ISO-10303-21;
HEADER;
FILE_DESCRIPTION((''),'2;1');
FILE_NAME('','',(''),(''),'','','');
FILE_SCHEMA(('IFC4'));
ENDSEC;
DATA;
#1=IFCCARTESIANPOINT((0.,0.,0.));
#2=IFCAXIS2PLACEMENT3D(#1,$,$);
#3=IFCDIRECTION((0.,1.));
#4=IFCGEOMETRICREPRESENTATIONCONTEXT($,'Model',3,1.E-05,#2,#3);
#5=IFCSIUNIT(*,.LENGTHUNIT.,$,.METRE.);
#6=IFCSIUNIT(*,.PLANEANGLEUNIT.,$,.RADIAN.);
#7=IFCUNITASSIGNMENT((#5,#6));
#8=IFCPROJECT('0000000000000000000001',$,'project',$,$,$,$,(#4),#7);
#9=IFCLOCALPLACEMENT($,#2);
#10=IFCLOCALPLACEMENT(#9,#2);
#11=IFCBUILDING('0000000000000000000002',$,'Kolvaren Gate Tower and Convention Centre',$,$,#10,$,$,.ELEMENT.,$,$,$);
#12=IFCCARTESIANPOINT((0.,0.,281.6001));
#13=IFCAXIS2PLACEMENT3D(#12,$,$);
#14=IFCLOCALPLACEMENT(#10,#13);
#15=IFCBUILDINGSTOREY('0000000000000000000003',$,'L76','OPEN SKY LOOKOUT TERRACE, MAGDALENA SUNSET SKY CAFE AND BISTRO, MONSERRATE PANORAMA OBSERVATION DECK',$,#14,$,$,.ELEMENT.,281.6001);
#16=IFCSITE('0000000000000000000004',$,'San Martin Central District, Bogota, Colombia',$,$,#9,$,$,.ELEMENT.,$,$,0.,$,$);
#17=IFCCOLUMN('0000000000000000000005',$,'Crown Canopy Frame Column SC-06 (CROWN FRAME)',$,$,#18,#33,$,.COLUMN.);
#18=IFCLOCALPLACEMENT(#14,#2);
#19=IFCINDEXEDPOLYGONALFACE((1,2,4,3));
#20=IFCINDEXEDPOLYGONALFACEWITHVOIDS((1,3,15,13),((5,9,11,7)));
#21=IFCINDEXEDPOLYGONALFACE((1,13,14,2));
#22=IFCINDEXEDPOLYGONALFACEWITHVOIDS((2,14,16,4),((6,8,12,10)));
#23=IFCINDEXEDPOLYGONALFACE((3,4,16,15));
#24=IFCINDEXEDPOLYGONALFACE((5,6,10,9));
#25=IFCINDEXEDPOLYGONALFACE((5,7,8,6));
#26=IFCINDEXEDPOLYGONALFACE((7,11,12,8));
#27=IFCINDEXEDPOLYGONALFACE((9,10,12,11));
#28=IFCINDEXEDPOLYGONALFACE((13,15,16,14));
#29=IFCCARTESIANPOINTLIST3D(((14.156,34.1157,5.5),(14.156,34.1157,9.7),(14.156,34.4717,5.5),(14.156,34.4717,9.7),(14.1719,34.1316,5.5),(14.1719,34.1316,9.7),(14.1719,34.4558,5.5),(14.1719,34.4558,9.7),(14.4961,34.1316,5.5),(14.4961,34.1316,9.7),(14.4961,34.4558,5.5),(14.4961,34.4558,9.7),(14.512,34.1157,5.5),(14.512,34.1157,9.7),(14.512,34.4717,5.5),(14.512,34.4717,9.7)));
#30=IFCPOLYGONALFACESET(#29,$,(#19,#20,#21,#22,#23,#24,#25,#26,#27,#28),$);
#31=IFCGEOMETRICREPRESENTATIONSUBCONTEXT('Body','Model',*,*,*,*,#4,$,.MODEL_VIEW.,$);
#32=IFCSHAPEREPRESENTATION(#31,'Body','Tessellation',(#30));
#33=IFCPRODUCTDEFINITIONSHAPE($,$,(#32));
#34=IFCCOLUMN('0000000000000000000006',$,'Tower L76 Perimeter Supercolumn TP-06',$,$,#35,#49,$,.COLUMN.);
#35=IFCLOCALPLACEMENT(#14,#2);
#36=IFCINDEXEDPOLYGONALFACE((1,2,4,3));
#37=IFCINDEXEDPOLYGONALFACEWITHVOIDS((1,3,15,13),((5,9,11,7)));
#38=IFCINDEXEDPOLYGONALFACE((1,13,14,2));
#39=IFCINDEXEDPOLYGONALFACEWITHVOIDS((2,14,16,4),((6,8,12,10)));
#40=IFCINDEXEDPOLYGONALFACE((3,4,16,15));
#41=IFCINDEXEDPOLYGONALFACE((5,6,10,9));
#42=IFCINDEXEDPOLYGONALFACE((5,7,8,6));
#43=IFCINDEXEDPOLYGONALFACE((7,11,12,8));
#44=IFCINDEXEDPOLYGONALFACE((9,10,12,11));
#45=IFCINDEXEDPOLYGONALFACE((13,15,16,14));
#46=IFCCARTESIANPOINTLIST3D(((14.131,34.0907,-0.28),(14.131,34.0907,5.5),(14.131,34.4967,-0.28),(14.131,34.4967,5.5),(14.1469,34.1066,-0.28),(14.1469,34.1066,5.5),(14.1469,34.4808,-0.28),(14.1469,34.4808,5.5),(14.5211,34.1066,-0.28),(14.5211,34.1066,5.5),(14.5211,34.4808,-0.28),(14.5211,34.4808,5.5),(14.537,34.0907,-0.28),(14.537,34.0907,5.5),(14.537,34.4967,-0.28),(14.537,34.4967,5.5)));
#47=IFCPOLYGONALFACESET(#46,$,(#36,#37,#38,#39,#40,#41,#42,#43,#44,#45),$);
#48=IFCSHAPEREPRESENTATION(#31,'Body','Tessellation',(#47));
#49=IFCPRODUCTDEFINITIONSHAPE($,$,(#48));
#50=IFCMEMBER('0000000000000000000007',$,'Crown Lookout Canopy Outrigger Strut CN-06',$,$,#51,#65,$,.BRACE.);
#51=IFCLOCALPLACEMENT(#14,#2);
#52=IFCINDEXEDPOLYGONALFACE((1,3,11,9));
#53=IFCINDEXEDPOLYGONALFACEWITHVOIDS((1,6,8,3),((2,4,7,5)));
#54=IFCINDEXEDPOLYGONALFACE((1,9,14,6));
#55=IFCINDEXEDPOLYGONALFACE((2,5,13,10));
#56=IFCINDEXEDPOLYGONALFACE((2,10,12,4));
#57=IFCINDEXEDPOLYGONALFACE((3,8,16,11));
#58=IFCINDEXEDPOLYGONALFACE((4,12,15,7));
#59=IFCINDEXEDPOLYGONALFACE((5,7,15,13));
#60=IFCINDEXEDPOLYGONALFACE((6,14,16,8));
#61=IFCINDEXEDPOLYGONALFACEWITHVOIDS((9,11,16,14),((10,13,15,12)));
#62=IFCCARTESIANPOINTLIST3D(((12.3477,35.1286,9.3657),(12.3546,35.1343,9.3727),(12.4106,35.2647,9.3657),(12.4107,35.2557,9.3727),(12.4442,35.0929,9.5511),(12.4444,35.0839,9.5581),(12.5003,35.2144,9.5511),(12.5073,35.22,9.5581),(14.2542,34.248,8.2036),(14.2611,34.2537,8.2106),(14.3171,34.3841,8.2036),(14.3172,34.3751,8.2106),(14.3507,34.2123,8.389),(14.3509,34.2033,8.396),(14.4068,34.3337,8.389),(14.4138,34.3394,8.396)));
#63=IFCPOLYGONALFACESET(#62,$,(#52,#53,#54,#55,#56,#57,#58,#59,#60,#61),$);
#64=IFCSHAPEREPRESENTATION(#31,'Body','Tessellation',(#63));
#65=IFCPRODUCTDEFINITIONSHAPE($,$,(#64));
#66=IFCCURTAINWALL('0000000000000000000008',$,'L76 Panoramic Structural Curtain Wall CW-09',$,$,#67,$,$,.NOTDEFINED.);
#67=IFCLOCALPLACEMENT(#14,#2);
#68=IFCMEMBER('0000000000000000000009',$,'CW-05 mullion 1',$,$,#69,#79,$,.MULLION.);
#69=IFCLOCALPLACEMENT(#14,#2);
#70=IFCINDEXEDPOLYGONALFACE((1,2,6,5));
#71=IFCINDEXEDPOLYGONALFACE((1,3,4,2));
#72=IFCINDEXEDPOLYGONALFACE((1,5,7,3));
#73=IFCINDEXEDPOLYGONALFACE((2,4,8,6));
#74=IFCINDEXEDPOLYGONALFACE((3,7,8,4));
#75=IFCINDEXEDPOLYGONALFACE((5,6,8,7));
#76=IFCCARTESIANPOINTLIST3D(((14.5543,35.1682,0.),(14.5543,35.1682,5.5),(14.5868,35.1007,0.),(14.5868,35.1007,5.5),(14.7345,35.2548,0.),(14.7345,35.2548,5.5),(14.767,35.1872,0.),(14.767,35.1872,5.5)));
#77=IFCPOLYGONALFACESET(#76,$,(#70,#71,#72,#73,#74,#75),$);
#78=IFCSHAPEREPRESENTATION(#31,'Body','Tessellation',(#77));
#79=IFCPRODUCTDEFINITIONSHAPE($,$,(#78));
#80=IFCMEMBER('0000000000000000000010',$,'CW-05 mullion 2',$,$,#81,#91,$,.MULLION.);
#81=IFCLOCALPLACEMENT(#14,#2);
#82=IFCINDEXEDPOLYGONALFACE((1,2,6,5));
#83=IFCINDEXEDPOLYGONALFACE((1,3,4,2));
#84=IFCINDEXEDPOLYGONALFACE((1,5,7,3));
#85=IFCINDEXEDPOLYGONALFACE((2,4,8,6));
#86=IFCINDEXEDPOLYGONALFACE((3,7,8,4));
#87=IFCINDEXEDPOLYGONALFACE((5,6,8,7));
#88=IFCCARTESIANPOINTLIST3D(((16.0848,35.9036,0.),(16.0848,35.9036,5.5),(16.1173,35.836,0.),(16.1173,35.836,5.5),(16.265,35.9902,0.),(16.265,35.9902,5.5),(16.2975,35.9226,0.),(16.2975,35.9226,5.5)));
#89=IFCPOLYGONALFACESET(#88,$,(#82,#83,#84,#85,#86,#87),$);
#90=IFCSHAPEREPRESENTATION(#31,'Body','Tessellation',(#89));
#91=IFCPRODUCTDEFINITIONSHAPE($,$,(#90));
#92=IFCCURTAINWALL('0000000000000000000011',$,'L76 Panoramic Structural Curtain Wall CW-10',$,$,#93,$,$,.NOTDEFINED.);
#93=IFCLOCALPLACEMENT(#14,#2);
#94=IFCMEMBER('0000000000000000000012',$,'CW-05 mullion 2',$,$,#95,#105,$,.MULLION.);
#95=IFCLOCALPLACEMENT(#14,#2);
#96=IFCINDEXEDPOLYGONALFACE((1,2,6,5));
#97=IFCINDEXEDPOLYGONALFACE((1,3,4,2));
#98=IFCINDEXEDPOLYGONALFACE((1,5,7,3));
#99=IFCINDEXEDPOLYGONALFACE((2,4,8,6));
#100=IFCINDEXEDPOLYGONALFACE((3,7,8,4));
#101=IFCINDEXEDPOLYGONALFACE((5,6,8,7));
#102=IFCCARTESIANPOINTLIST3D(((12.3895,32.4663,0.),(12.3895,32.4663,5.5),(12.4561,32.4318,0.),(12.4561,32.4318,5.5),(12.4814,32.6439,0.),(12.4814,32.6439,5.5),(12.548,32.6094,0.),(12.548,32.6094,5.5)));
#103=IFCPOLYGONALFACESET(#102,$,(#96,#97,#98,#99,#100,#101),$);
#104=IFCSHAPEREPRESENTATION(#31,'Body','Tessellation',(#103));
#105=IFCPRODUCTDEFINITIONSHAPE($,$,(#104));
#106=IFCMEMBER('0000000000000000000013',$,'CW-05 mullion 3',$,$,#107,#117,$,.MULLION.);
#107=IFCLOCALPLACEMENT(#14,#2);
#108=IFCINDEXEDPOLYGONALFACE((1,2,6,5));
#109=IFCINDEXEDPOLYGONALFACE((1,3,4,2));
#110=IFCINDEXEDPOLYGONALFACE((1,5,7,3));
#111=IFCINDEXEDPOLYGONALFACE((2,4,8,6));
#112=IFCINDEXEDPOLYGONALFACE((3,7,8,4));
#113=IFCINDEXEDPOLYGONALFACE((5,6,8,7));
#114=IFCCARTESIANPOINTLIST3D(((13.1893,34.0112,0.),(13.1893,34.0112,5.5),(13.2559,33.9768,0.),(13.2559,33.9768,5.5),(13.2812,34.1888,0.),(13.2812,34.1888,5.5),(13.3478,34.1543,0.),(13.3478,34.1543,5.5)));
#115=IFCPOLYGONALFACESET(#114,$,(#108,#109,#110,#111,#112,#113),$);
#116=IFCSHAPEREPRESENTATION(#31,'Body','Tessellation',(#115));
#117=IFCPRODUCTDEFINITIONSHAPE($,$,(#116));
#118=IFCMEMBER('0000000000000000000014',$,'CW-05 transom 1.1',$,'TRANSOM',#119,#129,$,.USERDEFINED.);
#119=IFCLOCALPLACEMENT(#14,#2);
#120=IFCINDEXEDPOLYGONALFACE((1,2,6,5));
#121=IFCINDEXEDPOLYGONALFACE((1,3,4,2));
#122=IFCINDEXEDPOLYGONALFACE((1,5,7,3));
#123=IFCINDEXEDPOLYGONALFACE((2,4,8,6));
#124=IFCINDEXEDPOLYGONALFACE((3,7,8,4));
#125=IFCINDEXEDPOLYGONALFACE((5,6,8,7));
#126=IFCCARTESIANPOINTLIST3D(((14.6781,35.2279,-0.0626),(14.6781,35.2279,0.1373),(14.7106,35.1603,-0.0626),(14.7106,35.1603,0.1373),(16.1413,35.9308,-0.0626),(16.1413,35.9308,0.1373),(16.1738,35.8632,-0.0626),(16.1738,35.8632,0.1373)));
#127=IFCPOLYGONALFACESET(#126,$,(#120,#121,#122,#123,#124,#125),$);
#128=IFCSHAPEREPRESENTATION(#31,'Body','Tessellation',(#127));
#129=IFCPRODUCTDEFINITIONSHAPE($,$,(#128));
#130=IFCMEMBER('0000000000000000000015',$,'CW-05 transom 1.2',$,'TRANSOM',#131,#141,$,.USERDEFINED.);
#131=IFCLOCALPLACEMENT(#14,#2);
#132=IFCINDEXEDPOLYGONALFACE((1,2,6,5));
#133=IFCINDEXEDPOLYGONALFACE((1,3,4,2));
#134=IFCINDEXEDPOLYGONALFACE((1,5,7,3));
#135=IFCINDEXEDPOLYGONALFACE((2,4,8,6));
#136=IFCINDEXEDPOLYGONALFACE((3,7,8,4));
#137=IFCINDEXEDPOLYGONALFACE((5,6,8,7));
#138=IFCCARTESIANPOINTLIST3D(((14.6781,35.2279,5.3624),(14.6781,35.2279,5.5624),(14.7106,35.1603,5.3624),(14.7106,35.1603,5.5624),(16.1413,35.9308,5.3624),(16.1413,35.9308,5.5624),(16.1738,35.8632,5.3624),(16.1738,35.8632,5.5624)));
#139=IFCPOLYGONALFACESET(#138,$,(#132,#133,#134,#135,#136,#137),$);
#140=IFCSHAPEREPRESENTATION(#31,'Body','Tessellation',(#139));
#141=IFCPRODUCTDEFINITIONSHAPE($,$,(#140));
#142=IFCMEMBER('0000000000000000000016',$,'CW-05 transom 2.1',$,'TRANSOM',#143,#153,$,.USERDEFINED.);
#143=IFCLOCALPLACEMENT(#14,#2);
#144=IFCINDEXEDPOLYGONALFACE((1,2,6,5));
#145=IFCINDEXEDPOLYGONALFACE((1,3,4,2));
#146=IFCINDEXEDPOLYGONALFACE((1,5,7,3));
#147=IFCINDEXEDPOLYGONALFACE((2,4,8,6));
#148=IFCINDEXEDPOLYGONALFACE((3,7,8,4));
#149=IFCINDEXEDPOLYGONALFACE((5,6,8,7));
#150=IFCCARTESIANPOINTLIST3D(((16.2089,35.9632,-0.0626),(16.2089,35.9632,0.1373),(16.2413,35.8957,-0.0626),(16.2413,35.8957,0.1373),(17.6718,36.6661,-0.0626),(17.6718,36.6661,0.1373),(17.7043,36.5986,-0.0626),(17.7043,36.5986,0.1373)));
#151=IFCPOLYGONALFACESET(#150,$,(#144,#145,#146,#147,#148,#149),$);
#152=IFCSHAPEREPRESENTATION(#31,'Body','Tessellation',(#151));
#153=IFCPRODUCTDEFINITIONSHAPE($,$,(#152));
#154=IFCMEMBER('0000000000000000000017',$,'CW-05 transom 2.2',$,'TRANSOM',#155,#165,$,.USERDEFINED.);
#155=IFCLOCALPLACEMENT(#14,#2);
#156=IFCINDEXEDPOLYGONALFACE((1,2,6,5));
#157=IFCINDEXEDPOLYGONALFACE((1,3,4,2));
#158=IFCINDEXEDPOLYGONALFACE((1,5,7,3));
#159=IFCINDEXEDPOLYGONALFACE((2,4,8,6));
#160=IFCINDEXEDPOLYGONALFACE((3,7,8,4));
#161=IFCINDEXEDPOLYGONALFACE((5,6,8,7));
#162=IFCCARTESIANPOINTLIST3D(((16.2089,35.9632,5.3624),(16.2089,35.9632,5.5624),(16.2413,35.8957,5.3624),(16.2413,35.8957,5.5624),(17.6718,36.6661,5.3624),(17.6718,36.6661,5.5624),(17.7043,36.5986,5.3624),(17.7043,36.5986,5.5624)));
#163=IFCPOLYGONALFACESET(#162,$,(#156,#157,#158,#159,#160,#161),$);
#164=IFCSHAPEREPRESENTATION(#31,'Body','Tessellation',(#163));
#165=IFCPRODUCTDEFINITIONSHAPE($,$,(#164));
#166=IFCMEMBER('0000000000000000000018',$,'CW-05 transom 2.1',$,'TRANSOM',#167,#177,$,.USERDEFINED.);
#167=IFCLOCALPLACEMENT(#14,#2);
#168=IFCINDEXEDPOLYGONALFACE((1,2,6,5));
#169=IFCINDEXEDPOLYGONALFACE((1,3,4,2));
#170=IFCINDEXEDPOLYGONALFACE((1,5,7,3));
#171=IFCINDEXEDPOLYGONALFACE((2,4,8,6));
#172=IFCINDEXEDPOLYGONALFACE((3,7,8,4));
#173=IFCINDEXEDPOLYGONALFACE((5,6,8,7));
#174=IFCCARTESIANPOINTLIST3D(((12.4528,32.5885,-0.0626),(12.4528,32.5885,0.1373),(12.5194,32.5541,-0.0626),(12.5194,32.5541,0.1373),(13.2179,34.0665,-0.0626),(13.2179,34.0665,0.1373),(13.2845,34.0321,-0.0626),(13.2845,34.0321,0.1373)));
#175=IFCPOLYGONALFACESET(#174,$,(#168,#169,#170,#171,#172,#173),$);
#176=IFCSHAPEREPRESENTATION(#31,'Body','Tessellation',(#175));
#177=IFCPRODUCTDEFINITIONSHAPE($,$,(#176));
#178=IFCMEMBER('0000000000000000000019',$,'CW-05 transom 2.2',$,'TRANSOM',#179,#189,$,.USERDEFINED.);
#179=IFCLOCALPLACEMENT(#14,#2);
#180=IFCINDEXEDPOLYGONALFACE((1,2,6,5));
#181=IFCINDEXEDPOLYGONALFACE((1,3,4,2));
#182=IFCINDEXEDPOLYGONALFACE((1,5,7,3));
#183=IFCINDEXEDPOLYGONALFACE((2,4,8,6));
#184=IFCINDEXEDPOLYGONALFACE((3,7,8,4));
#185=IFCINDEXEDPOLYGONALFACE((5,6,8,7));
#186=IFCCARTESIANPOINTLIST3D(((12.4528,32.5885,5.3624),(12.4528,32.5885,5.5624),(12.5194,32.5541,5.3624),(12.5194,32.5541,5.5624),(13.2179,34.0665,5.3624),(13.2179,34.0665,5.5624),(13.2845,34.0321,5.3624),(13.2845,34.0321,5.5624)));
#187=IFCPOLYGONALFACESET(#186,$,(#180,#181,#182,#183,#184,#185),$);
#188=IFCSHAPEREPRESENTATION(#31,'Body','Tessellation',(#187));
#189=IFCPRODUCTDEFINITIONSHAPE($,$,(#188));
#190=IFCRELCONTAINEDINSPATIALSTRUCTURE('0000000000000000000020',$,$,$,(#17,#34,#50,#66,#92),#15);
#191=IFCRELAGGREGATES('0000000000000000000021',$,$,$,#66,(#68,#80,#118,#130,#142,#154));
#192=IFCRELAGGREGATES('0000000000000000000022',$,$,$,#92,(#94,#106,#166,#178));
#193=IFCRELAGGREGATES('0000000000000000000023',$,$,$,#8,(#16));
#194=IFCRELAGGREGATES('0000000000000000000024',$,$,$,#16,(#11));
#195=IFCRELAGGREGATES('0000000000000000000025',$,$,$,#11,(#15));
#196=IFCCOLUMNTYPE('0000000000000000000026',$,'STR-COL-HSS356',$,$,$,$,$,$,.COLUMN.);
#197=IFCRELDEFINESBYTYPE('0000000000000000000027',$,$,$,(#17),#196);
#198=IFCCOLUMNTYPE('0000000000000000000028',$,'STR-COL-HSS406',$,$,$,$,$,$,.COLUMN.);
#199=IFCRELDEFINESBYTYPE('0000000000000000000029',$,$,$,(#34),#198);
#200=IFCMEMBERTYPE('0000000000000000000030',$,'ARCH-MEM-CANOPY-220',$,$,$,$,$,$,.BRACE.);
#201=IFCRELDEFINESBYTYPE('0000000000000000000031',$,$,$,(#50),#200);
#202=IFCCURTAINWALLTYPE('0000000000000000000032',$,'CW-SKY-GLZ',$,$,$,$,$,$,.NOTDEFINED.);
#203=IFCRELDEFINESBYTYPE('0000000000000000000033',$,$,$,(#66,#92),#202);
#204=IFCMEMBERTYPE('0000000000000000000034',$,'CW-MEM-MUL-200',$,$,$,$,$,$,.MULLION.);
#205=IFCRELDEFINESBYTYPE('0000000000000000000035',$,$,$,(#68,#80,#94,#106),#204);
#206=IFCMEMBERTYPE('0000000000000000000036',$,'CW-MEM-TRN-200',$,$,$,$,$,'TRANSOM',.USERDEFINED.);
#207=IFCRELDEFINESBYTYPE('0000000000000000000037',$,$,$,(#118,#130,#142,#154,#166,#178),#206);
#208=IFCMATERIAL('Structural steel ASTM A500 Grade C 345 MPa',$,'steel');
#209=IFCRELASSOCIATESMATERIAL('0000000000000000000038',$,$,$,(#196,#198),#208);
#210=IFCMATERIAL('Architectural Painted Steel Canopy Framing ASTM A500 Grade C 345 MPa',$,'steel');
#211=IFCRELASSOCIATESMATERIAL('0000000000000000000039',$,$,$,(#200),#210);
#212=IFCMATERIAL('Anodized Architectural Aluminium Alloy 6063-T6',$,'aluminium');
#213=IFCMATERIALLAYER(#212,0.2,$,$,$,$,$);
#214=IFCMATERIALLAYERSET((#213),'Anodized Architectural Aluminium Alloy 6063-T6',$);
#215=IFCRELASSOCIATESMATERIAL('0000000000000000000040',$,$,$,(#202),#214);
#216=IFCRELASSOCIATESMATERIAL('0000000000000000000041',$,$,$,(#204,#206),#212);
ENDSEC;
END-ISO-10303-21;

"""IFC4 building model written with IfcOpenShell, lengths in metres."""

from ifc_helpers import new_model, si_unit, direction, frame, origin, origin_2d, place, context, subcontext, project, spatial, rectangle, hollow_rectangle, extrude, material, layer, layer_set, material_profile, profile_set, type_object, element, aggregate, save


model = new_model("IFC4")

# Units and contexts
model_context = context("Model", 3, precision=1e-05, world=origin(), true_north=direction((0.0, 1.0)))
body_context = subcontext(model_context, "Body", "Model", "MODEL_VIEW")
ifc_project = project(units=[si_unit("LENGTHUNIT", "METRE"), si_unit("PLANEANGLEUNIT", "RADIAN")], contexts=[model_context])

# Site, building, storey
site_placement = place(None, origin())
site = spatial("IfcSite", under=ifc_project, at=site_placement, Name="San Martin Central District, Bogota, Colombia", CompositionType="ELEMENT", RefElevation=0.0)
building_placement = place(site_placement, origin())
building = spatial("IfcBuilding", under=site, at=building_placement, Name="Kolvaren Gate Tower and Convention Centre", CompositionType="ELEMENT")
storey_placement = place(building_placement, frame((0.0, 0.0, 281.6001)))
storey = spatial("IfcBuildingStorey", under=building, at=storey_placement, Name="L76", Description="OPEN SKY LOOKOUT TERRACE, MAGDALENA SUNSET SKY CAFE AND BISTRO, MONSERRATE PANORAMA OBSERVATION DECK", CompositionType="ELEMENT", Elevation=281.6001)

# Columns
ifc_material_1 = material(Name="Structural steel ASTM A500 Grade C 345 MPa", Category="steel")
ifc_material_profile_1 = material_profile(ifc_material_1, hollow_rectangle(XDim=0.356, YDim=0.356, WallThickness=0.0159, at=origin_2d()), Name="HSS356X356X15.9")
ifc_profile_set_1 = profile_set([ifc_material_profile_1], Name="Structural steel ASTM A500 Grade C 345 MPa")
column_type_1 = type_object("IfcColumnType", Name="STR-COL-HSS356", PredefinedType="COLUMN", material=ifc_profile_set_1)
column_1_placement = place(storey_placement, frame((14.334, 34.2937, 5.5), z_axis=(0.0, 0.0, 1.0), x_axis=(1.0, 0.0, 0.0)))
element("IfcColumn", 1, at=column_1_placement, inside=storey, type_object=column_type_1, Name="Crown Canopy Frame Column SC-06 (CROWN FRAME)", PredefinedType="COLUMN", context=body_context, shape_type="SweptSolid", body=[
    extrude(hollow_rectangle(XDim=0.356, YDim=0.356, WallThickness=0.0159, at=origin_2d()), origin(), (0.0, 0.0, 1.0), 4.2),
])
ifc_material_profile_2 = material_profile(ifc_material_1, hollow_rectangle(XDim=0.406, YDim=0.406, WallThickness=0.0159, at=origin_2d()), Name="HSS406X406X15.9")
ifc_profile_set_2 = profile_set([ifc_material_profile_2], Name="Structural steel ASTM A500 Grade C 345 MPa")
column_type_2 = type_object("IfcColumnType", Name="STR-COL-HSS406", PredefinedType="COLUMN", material=ifc_profile_set_2)
column_2_placement = place(storey_placement, frame((14.334, 34.2937, -0.28), z_axis=(0.0, 0.0, 1.0), x_axis=(1.0, 0.0, 0.0)))
element("IfcColumn", 2, at=column_2_placement, inside=storey, type_object=column_type_2, Name="Tower L76 Perimeter Supercolumn TP-06", PredefinedType="COLUMN", context=body_context, shape_type="SweptSolid", body=[
    extrude(hollow_rectangle(XDim=0.406, YDim=0.406, WallThickness=0.0159, at=origin_2d()), origin(), (0.0, 0.0, 1.0), 5.78),
])

# Member
ifc_material_2 = material(Name="Architectural Painted Steel Canopy Framing ASTM A500 Grade C 345 MPa", Category="steel")
ifc_material_profile_3 = material_profile(ifc_material_2, hollow_rectangle(XDim=0.1499, YDim=0.22, WallThickness=0.0081, at=origin_2d()), Name="ARCH-MEM-CANOPY-220")
ifc_profile_set_3 = profile_set([ifc_material_profile_3], Name="Architectural Painted Steel Canopy Framing ASTM A500 Grade C 345 MPa")
member_type_1 = type_object("IfcMemberType", Name="ARCH-MEM-CANOPY-220", PredefinedType="BRACE", material=ifc_profile_set_3)
member_1_placement = place(storey_placement, frame((14.334, 34.2937, 8.2998), z_axis=(-0.794324, 0.366901, 0.484183), x_axis=(-0.419331, -0.907833, 0.0)))
element("IfcMember", 3, at=member_1_placement, inside=storey, type_object=member_type_1, Name="Crown Lookout Canopy Outrigger Strut CN-06", PredefinedType="BRACE", context=body_context, shape_type="SweptSolid", body=[
    extrude(hollow_rectangle(XDim=0.1499, YDim=0.22, WallThickness=0.0081, at=origin_2d()), origin(), (0.0, 0.0, 1.0), 2.4001),
])

# Curtain walls, members
ifc_material_3 = material(Name="Anodized Architectural Aluminium Alloy 6063-T6", Category="aluminium")
ifc_layer_1 = layer(ifc_material_3, 0.2)
ifc_layer_set_1 = layer_set([ifc_layer_1], Name="Anodized Architectural Aluminium Alloy 6063-T6")
curtain_wall_type = type_object("IfcCurtainWallType", Name="CW-SKY-GLZ", PredefinedType="NOTDEFINED", material=ifc_layer_set_1)
curtain_wall_1_placement = place(storey_placement, origin())
curtain_wall_1 = element("IfcCurtainWall", 4, at=curtain_wall_1_placement, inside=storey, type_object=curtain_wall_type, Name="L76 Panoramic Structural Curtain Wall CW-09", PredefinedType="NOTDEFINED")
ifc_material_profile_4 = material_profile(ifc_material_3, rectangle(XDim=0.075, YDim=0.2, at=origin_2d()), Name="CW-MEM-MUL-200")
ifc_profile_set_4 = profile_set([ifc_material_profile_4], Name="Anodized Architectural Aluminium Alloy 6063-T6")
member_type_2 = type_object("IfcMemberType", Name="CW-MEM-MUL-200", PredefinedType="MULLION", material=ifc_profile_set_4)
member_2_placement = place(storey_placement, frame((14.6606, 35.1777, 0.0), z_axis=(0.0, 0.0, 1.0), x_axis=(-0.433053, 0.901368, 0.0)))
member_2 = element("IfcMember", 5, at=member_2_placement, type_object=member_type_2, Name="CW-05 mullion 1", PredefinedType="MULLION", context=body_context, shape_type="SweptSolid", body=[
    extrude(rectangle(XDim=0.075, YDim=0.2, at=origin_2d()), origin(), (0.0, 0.0, 1.0), 5.5),
])
member_3_placement = place(storey_placement, frame((16.1912, 35.9131, 0.0), z_axis=(0.0, 0.0, 1.0), x_axis=(-0.433053, 0.901368, 0.0)))
member_3 = element("IfcMember", 6, at=member_3_placement, type_object=member_type_2, Name="CW-05 mullion 2", PredefinedType="MULLION", context=body_context, shape_type="SweptSolid", body=[
    extrude(rectangle(XDim=0.075, YDim=0.2, at=origin_2d()), origin(), (0.0, 0.0, 1.0), 5.5),
])
curtain_wall_2_placement = place(storey_placement, origin())
curtain_wall_2 = element("IfcCurtainWall", 7, at=curtain_wall_2_placement, inside=storey, type_object=curtain_wall_type, Name="L76 Panoramic Structural Curtain Wall CW-10", PredefinedType="NOTDEFINED")
member_4_placement = place(storey_placement, frame((12.4688, 32.5378, 0.0), z_axis=(0.0, 0.0, 1.0), x_axis=(-0.88803, 0.459786, 0.0)))
member_4 = element("IfcMember", 8, at=member_4_placement, type_object=member_type_2, Name="CW-05 mullion 2", PredefinedType="MULLION", context=body_context, shape_type="SweptSolid", body=[
    extrude(rectangle(XDim=0.075, YDim=0.2, at=origin_2d()), origin(), (0.0, 0.0, 1.0), 5.5),
])
member_5_placement = place(storey_placement, frame((13.2686, 34.0828, 0.0), z_axis=(0.0, 0.0, 1.0), x_axis=(-0.88803, 0.459786, 0.0)))
member_5 = element("IfcMember", 9, at=member_5_placement, type_object=member_type_2, Name="CW-05 mullion 3", PredefinedType="MULLION", context=body_context, shape_type="SweptSolid", body=[
    extrude(rectangle(XDim=0.075, YDim=0.2, at=origin_2d()), origin(), (0.0, 0.0, 1.0), 5.5),
])

# Members
ifc_material_profile_5 = material_profile(ifc_material_3, rectangle(XDim=0.075, YDim=0.2, at=origin_2d()), Name="CW-MEM-TRN-200")
ifc_profile_set_5 = profile_set([ifc_material_profile_5], Name="Anodized Architectural Aluminium Alloy 6063-T6")
member_type_3 = type_object("IfcMemberType", Name="CW-MEM-TRN-200", ElementType="TRANSOM", PredefinedType="USERDEFINED", material=ifc_profile_set_5)
member_6_placement = place(storey_placement, frame((14.6943, 35.1941, 0.0374), z_axis=(0.901385, 0.43302, 0.0), x_axis=(-0.43302, 0.901385, 0.0)))
member_6 = element("IfcMember", 10, at=member_6_placement, type_object=member_type_3, Name="CW-05 transom 1.1", ObjectType="TRANSOM", PredefinedType="USERDEFINED", context=body_context, shape_type="SweptSolid", body=[
    extrude(rectangle(XDim=0.075, YDim=0.2, at=origin_2d()), origin(), (0.0, 0.0, 1.0), 1.6233),
])
member_7_placement = place(storey_placement, frame((14.6943, 35.1941, 5.4624), z_axis=(0.901385, 0.43302, 0.0), x_axis=(-0.43302, 0.901385, 0.0)))
member_7 = element("IfcMember", 11, at=member_7_placement, type_object=member_type_3, Name="CW-05 transom 1.2", ObjectType="TRANSOM", PredefinedType="USERDEFINED", context=body_context, shape_type="SweptSolid", body=[
    extrude(rectangle(XDim=0.075, YDim=0.2, at=origin_2d()), origin(), (0.0, 0.0, 1.0), 1.6233),
])
member_8_placement = place(storey_placement, frame((16.2251, 35.9294, 0.0374), z_axis=(0.901356, 0.433078, 0.0), x_axis=(-0.433078, 0.901356, 0.0)))
member_8 = element("IfcMember", 12, at=member_8_placement, type_object=member_type_3, Name="CW-05 transom 2.1", ObjectType="TRANSOM", PredefinedType="USERDEFINED", context=body_context, shape_type="SweptSolid", body=[
    extrude(rectangle(XDim=0.075, YDim=0.2, at=origin_2d()), origin(), (0.0, 0.0, 1.0), 1.623),
])
member_9_placement = place(storey_placement, frame((16.2251, 35.9294, 5.4624), z_axis=(0.901356, 0.433078, 0.0), x_axis=(-0.433078, 0.901356, 0.0)))
member_9 = element("IfcMember", 13, at=member_9_placement, type_object=member_type_3, Name="CW-05 transom 2.2", ObjectType="TRANSOM", PredefinedType="USERDEFINED", context=body_context, shape_type="SweptSolid", body=[
    extrude(rectangle(XDim=0.075, YDim=0.2, at=origin_2d()), origin(), (0.0, 0.0, 1.0), 1.623),
])
member_10_placement = place(storey_placement, frame((12.4861, 32.5713, 0.0374), z_axis=(0.459726, 0.888061, 0.0), x_axis=(-0.888061, 0.459726, 0.0)))
member_10 = element("IfcMember", 14, at=member_10_placement, type_object=member_type_3, Name="CW-05 transom 2.1", ObjectType="TRANSOM", PredefinedType="USERDEFINED", context=body_context, shape_type="SweptSolid", body=[
    extrude(rectangle(XDim=0.075, YDim=0.2, at=origin_2d()), origin(), (0.0, 0.0, 1.0), 1.6643),
])
member_11_placement = place(storey_placement, frame((12.4861, 32.5713, 5.4624), z_axis=(0.459726, 0.888061, 0.0), x_axis=(-0.888061, 0.459726, 0.0)))
member_11 = element("IfcMember", 15, at=member_11_placement, type_object=member_type_3, Name="CW-05 transom 2.2", ObjectType="TRANSOM", PredefinedType="USERDEFINED", context=body_context, shape_type="SweptSolid", body=[
    extrude(rectangle(XDim=0.075, YDim=0.2, at=origin_2d()), origin(), (0.0, 0.0, 1.0), 1.6643),
])

aggregate(curtain_wall_1, [member_2, member_3, member_6, member_7, member_8, member_9])
aggregate(curtain_wall_2, [member_4, member_5, member_10, member_11])

save(model, "model.ifc")
